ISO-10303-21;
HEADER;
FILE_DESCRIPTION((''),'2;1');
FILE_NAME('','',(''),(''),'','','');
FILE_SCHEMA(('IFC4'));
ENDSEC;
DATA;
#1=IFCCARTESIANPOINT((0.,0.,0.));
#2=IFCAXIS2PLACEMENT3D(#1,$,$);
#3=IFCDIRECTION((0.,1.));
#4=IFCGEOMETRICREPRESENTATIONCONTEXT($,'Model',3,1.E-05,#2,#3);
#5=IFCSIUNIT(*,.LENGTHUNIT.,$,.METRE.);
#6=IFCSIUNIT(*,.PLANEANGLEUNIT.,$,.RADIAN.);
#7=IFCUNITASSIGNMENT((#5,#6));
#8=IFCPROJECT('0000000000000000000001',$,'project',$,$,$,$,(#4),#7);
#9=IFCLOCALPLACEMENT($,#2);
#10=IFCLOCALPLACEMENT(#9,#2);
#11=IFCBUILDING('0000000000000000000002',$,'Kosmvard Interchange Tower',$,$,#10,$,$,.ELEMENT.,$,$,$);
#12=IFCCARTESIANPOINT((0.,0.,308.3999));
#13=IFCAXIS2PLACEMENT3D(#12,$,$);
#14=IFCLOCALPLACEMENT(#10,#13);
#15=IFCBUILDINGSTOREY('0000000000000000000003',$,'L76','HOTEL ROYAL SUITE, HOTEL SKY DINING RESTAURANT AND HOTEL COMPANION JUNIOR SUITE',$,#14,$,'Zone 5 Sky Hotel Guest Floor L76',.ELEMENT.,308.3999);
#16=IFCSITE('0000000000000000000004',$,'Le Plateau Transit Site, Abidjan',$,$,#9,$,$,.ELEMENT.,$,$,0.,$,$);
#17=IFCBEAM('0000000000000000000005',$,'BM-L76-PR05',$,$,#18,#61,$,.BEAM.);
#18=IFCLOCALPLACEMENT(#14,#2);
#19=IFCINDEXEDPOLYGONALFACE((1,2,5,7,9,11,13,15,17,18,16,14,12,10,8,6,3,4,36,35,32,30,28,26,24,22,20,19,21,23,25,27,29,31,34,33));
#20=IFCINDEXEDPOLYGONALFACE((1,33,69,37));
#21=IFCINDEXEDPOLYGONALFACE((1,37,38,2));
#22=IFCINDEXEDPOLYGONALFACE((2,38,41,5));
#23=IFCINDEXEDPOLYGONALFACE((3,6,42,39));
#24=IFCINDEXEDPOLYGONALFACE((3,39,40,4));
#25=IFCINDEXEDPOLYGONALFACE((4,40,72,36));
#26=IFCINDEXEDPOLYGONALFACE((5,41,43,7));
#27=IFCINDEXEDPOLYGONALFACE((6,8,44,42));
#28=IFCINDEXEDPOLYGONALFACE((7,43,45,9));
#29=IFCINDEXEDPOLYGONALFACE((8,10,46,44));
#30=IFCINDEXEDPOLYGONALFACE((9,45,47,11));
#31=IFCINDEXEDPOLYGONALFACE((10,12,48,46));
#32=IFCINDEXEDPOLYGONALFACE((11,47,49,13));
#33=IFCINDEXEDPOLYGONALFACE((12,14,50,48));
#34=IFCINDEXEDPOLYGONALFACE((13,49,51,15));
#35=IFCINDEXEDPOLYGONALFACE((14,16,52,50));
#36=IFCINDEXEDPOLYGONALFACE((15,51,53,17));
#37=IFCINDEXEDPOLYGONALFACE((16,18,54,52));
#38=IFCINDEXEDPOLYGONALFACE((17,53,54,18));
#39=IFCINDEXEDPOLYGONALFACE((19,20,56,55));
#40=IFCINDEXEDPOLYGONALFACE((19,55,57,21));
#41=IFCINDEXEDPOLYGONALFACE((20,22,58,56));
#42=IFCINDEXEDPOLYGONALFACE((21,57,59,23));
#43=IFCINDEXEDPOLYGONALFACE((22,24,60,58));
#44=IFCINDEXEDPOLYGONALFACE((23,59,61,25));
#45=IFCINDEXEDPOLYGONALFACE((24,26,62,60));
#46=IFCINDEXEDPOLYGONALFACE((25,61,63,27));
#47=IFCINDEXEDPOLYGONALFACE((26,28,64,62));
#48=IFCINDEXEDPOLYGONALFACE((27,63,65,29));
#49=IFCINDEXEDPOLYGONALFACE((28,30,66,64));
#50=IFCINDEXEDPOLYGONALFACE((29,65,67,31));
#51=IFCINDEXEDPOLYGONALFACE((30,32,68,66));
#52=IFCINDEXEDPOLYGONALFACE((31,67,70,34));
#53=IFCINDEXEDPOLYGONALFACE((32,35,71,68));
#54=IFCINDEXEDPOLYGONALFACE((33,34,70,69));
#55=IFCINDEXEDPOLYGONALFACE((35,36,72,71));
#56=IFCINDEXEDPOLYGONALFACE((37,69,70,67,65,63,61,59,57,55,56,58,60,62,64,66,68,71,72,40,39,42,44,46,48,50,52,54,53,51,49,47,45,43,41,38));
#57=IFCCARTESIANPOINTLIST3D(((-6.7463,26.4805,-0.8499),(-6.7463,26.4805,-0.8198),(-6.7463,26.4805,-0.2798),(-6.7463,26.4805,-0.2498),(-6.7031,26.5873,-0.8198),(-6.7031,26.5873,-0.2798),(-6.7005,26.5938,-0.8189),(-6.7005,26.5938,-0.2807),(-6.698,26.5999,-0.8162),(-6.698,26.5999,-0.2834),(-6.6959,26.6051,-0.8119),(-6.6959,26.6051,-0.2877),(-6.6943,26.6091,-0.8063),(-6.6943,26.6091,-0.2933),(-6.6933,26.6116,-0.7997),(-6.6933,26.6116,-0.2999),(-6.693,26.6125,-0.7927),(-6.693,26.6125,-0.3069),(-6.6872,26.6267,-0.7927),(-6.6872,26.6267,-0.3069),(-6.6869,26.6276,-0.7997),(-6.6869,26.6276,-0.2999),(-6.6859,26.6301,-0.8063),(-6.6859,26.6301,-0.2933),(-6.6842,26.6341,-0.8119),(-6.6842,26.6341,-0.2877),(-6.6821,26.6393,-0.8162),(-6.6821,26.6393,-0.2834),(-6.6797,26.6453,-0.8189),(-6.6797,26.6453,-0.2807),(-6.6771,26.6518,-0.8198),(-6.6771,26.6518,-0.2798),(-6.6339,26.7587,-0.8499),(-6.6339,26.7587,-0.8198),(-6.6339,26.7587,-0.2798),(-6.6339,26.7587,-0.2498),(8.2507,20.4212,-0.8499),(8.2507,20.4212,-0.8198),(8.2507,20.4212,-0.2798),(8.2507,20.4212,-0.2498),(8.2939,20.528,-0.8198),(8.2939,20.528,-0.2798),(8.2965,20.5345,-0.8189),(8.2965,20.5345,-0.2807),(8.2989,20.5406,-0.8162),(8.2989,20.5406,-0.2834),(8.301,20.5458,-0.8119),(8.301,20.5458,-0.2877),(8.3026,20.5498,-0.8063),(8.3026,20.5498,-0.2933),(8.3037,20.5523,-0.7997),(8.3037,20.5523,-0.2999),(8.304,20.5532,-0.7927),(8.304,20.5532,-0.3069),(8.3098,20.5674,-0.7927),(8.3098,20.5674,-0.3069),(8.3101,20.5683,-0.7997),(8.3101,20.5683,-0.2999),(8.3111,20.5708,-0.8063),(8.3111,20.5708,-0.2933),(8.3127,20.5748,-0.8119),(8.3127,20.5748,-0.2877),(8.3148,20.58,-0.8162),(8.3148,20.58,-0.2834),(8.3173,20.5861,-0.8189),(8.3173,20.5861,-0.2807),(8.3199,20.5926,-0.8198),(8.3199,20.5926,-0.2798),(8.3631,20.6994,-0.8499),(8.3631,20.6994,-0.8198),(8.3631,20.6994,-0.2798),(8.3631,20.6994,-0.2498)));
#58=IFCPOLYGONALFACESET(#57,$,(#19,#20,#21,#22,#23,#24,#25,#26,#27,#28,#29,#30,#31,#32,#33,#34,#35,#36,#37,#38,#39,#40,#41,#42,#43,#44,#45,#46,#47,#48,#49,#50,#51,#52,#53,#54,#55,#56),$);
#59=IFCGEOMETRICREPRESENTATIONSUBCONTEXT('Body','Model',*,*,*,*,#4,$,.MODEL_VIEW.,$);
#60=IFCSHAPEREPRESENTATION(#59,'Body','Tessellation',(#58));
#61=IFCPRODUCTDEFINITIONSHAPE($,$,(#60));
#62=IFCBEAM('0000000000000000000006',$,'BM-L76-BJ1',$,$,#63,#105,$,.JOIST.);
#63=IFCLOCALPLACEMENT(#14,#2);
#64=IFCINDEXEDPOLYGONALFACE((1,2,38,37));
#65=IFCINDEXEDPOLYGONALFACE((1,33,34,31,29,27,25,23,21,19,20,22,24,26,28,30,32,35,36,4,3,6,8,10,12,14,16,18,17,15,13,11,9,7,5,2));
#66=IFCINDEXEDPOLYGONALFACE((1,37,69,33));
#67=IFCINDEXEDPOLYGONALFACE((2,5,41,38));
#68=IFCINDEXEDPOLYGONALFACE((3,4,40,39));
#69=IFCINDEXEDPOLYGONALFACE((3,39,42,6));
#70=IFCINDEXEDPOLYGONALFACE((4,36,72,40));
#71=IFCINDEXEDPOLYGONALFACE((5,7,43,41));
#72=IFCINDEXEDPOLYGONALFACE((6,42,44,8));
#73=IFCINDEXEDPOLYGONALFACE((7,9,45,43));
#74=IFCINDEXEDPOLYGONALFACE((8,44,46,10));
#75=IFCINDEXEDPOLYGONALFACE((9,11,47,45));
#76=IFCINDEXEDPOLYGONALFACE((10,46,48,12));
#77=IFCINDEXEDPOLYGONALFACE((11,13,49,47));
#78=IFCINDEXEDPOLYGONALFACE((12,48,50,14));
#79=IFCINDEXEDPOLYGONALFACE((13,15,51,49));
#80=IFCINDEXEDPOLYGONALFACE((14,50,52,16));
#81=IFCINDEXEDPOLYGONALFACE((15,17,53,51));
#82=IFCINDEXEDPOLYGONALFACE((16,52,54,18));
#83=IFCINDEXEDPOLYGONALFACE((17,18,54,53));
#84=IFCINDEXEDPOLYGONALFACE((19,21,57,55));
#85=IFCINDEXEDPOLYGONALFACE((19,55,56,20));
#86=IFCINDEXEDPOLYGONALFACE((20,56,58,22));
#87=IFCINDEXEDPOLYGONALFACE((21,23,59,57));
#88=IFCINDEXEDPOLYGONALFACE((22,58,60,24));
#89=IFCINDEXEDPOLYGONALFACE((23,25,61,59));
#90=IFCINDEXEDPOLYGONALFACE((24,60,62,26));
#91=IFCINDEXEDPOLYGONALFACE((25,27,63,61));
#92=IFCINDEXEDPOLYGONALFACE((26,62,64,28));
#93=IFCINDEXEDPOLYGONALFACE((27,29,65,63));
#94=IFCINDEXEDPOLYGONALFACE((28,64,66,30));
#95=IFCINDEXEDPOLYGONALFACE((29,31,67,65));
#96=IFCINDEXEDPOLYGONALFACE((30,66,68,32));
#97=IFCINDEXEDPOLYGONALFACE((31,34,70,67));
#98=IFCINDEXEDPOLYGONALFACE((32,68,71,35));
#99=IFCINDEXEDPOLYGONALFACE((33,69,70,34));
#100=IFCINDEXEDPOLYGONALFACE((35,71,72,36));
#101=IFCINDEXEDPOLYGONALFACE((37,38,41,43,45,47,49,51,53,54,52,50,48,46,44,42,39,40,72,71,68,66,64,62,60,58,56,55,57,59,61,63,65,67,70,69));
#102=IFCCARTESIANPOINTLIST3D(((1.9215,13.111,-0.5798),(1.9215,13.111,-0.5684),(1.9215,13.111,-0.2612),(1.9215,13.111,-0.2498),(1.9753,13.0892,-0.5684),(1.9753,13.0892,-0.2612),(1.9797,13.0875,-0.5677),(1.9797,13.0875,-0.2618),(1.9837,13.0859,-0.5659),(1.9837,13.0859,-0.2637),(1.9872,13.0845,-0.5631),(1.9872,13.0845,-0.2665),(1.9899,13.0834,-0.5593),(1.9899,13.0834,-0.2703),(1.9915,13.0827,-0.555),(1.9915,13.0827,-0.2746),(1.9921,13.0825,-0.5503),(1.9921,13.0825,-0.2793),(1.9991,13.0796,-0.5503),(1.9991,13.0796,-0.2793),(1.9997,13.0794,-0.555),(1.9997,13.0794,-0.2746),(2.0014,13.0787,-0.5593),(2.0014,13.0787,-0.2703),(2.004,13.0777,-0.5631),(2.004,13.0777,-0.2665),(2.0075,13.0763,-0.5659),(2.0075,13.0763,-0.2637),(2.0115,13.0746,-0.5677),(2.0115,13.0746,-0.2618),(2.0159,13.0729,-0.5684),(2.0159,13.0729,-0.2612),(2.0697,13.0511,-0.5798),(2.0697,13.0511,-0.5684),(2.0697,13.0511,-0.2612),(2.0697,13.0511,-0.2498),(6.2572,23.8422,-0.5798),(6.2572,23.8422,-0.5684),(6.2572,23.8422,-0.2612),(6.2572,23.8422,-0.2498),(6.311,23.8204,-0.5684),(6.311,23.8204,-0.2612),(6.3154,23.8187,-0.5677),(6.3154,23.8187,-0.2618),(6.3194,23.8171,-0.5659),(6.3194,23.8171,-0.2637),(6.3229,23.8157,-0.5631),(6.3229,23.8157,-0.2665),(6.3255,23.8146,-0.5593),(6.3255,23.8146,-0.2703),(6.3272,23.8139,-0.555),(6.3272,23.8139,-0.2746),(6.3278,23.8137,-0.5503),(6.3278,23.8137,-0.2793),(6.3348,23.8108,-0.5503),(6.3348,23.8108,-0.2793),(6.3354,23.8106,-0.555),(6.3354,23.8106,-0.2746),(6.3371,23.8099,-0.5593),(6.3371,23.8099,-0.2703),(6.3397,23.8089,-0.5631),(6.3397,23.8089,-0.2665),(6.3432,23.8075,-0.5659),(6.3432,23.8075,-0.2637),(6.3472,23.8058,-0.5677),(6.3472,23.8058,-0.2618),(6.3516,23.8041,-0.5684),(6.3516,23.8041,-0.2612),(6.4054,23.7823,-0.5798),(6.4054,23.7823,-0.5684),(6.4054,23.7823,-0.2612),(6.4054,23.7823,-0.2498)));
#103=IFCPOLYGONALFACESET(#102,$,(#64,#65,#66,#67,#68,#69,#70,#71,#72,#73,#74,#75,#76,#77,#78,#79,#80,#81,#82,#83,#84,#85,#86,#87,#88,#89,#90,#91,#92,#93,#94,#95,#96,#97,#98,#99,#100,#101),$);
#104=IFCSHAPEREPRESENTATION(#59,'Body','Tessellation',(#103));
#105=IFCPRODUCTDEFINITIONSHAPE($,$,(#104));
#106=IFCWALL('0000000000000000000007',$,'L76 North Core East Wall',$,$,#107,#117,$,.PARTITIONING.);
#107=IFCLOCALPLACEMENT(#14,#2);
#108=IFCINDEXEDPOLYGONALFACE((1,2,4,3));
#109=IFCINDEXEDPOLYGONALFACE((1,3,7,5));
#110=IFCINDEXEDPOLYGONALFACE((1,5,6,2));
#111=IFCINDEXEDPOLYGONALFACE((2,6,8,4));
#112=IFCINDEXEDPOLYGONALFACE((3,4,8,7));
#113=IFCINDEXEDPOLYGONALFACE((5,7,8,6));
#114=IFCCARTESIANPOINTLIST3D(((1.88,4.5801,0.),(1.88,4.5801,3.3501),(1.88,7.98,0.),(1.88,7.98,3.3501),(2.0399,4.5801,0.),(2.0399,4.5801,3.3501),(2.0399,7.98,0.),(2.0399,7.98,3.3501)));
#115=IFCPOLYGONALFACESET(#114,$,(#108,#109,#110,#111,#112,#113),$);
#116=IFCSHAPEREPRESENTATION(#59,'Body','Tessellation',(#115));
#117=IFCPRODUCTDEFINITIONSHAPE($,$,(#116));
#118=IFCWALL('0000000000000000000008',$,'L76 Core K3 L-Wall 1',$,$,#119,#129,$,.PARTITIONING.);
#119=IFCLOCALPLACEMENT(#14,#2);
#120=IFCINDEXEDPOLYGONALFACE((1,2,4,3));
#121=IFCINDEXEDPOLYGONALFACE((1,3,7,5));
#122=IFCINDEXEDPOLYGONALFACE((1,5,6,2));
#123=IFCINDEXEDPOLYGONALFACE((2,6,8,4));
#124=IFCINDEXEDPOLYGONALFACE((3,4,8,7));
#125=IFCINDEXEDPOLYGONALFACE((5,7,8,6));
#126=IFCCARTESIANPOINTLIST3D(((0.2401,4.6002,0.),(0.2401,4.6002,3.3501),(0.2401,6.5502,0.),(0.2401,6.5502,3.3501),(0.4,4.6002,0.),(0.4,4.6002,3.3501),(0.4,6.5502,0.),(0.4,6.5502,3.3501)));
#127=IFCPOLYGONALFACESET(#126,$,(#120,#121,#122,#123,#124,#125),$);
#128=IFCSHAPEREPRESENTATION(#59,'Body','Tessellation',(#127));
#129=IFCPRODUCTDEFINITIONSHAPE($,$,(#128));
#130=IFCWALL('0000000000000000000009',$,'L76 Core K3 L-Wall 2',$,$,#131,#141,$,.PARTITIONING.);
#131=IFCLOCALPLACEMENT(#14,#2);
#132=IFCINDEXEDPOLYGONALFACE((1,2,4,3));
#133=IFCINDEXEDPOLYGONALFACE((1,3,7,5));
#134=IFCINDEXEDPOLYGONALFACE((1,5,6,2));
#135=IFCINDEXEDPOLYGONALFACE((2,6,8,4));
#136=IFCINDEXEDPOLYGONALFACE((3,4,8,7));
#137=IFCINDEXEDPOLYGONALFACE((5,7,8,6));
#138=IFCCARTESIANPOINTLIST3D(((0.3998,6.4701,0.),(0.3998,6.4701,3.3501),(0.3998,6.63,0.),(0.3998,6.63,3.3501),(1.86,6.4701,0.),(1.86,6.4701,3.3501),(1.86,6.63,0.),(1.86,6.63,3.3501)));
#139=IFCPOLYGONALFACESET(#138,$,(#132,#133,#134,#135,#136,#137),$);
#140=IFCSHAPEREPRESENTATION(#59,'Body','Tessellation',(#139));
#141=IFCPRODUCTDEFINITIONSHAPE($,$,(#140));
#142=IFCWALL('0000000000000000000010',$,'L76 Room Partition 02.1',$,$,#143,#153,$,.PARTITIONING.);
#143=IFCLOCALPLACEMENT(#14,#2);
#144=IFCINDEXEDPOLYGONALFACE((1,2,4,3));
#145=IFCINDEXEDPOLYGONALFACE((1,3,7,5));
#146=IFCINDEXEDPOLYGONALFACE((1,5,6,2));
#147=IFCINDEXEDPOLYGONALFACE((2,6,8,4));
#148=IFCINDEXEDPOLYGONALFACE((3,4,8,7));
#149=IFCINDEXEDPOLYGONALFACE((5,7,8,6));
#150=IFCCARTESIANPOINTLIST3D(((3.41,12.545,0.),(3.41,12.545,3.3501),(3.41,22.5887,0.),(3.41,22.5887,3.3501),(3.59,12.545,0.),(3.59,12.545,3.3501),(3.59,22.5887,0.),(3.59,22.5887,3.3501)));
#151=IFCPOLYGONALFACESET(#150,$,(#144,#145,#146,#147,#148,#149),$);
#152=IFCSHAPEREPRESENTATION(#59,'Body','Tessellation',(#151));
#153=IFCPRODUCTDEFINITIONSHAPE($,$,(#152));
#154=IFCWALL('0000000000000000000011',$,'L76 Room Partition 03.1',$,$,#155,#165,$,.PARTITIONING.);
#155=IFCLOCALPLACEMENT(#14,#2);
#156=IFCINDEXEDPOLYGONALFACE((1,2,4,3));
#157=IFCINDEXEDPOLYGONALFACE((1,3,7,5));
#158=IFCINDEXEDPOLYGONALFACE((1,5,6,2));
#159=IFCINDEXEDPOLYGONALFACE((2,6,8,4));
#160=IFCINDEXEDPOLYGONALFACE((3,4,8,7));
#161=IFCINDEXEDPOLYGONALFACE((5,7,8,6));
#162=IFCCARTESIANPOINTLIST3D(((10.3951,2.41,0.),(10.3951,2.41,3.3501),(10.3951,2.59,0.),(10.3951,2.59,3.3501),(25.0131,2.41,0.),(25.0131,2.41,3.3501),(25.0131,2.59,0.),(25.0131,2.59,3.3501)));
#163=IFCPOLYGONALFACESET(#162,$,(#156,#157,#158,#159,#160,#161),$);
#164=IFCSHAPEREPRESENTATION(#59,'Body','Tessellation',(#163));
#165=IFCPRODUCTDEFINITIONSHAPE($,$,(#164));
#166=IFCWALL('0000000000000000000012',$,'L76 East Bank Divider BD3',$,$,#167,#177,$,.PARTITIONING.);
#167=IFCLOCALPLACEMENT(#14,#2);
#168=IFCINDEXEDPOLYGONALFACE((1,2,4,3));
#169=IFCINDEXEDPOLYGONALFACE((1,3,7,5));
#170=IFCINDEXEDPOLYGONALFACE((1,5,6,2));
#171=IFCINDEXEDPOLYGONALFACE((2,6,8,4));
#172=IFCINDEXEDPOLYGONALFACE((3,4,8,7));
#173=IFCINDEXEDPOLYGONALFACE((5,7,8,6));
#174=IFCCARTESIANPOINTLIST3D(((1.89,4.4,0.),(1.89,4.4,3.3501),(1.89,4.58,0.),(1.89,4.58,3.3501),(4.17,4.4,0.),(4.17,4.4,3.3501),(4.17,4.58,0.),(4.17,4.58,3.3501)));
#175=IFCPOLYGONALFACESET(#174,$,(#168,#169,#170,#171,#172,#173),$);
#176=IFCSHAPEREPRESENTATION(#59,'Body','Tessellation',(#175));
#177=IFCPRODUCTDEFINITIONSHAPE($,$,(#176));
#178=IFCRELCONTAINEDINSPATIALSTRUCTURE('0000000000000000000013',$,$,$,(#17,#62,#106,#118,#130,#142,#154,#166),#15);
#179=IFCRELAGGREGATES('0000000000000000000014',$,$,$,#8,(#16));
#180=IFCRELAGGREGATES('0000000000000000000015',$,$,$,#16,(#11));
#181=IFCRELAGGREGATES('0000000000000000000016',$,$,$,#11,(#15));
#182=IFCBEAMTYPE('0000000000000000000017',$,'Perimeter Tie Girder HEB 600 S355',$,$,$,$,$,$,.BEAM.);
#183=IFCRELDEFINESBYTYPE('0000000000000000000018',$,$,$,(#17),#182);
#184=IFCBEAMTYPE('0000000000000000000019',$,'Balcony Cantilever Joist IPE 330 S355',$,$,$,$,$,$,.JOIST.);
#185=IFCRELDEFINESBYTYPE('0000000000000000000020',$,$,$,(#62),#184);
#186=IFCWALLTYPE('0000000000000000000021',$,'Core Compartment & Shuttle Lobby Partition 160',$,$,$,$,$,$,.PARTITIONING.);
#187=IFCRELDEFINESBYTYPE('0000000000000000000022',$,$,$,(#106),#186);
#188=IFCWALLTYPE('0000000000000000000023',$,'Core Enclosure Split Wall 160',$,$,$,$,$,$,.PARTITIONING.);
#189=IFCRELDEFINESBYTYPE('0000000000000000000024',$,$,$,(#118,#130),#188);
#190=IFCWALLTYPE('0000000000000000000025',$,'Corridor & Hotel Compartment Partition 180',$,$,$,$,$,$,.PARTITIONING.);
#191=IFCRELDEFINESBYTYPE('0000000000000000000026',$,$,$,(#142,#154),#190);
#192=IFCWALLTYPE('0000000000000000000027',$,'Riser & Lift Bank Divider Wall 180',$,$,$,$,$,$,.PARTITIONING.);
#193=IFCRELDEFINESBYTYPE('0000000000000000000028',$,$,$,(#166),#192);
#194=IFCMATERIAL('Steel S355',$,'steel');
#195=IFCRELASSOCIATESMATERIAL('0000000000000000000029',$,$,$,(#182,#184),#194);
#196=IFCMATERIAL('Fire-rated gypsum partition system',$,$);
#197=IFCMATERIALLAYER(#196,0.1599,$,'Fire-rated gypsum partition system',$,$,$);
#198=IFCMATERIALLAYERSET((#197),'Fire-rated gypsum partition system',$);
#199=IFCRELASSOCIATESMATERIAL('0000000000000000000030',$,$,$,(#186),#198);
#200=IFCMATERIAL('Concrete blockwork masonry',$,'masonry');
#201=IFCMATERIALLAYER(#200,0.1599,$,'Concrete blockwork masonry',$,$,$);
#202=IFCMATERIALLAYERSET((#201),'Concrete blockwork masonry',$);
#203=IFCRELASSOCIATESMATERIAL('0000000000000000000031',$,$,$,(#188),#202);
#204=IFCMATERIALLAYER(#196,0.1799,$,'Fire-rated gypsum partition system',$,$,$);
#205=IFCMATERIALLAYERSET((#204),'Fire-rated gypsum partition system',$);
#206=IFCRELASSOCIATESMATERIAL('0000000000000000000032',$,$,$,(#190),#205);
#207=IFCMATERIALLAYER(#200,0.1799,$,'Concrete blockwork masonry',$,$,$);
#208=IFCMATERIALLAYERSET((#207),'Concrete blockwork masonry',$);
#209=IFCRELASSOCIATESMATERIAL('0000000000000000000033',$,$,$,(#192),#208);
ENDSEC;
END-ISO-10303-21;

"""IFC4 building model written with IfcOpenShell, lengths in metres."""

from ifc_helpers import new_model, si_unit, direction, frame, frame_2d, origin, origin_2d, place, context, subcontext, project, spatial, rectangle, i_section, extrude, source, transform, mapped, material, layer, layer_set, material_profile, profile_set, type_object, element, save


model = new_model("IFC4")

# Units and contexts
model_context = context("Model", 3, precision=1e-05, world=origin(), true_north=direction((0.0, 1.0)))
body_context = subcontext(model_context, "Body", "Model", "MODEL_VIEW")
ifc_project = project(units=[si_unit("LENGTHUNIT", "METRE"), si_unit("PLANEANGLEUNIT", "RADIAN")], contexts=[model_context])

# Site, building, storey
site_placement = place(None, origin())
site = spatial("IfcSite", under=ifc_project, at=site_placement, Name="Le Plateau Transit Site, Abidjan", CompositionType="ELEMENT", RefElevation=0.0)
building_placement = place(site_placement, origin())
building = spatial("IfcBuilding", under=site, at=building_placement, Name="Kosmvard Interchange Tower", CompositionType="ELEMENT")
storey_placement = place(building_placement, frame((0.0, 0.0, 308.3999)))
storey = spatial("IfcBuildingStorey", under=building, at=storey_placement, Name="L76", Description="HOTEL ROYAL SUITE, HOTEL SKY DINING RESTAURANT AND HOTEL COMPANION JUNIOR SUITE", LongName="Zone 5 Sky Hotel Guest Floor L76", CompositionType="ELEMENT", Elevation=308.3999)

# Beams
ifc_material_1 = material(Name="Steel S355", Category="steel")
ifc_material_profile_1 = material_profile(ifc_material_1, i_section(OverallWidth=0.3, OverallDepth=0.6001, WebThickness=0.0154, FlangeThickness=0.03, FilletRadius=0.0271, at=origin_2d()), Name="HEB 600")
ifc_profile_set_1 = profile_set([ifc_material_profile_1], Name="Steel S355")
beam_type_1 = type_object("IfcBeamType", Name="Perimeter Tie Girder HEB 600 S355", PredefinedType="BEAM", material=ifc_profile_set_1)
shared_shape_1 = source(origin(), body_context, "Body", "SweptSolid", [
    extrude(i_section(OverallWidth=0.3, OverallDepth=0.6001, WebThickness=0.0154, FlangeThickness=0.03, FilletRadius=0.0271, at=origin_2d()), origin(), (0.0, 0.0, 1.0), 16.1748),
])
beam_1_placement = place(storey_placement, frame((8.3069, 20.5603, -0.5498), z_axis=(-0.927181, 0.374613, 0.0), x_axis=(-0.374613, -0.927181, 0.0)))
element("IfcBeam", 1, at=beam_1_placement, inside=storey, type_object=beam_type_1, Name="BM-L76-PR05", PredefinedType="BEAM", context=body_context, shape_type="MappedRepresentation", body=[
    mapped(shared_shape_1, transform((0.0, 0.0, 0.0), scale=1.0)),
])
ifc_material_profile_2 = material_profile(ifc_material_1, i_section(OverallWidth=0.1599, OverallDepth=0.3301, WebThickness=0.0076, FlangeThickness=0.0115, FilletRadius=0.0181, at=origin_2d()), Name="IPE 330")
ifc_profile_set_2 = profile_set([ifc_material_profile_2], Name="Steel S355")
beam_type_2 = type_object("IfcBeamType", Name="Balcony Cantilever Joist IPE 330 S355", PredefinedType="JOIST", material=ifc_profile_set_2)
shared_shape_2 = source(origin(), body_context, "Body", "SweptSolid", [
    extrude(i_section(OverallWidth=0.1599, OverallDepth=0.3301, WebThickness=0.0076, FlangeThickness=0.0115, FilletRadius=0.0181, at=origin_2d()), origin(), (0.0, 0.0, 1.0), 11.574),
])
beam_2_placement = place(storey_placement, frame((1.9956, 13.0811, -0.4148), z_axis=(0.374607, 0.927184, 0.0), x_axis=(-0.927184, 0.374607, 0.0)))
element("IfcBeam", 2, at=beam_2_placement, inside=storey, type_object=beam_type_2, Name="BM-L76-BJ1", PredefinedType="JOIST", context=body_context, shape_type="MappedRepresentation", body=[
    mapped(shared_shape_2, transform((0.0, 0.0, 0.0), scale=1.0)),
])

# Walls
ifc_material_2 = material(Name="Fire-rated gypsum partition system")
ifc_layer_1 = layer(ifc_material_2, 0.1599, Name="Fire-rated gypsum partition system")
ifc_layer_set_1 = layer_set([ifc_layer_1], Name="Fire-rated gypsum partition system")
wall_type_1 = type_object("IfcWallType", Name="Core Compartment & Shuttle Lobby Partition 160", PredefinedType="PARTITIONING", material=ifc_layer_set_1)
wall_1_placement = place(storey_placement, frame((1.96, 4.5801, 0.0), z_axis=(0.0, 0.0, 1.0), x_axis=(0.0, 1.0, 0.0)))
element("IfcWall", 3, at=wall_1_placement, inside=storey, type_object=wall_type_1, Name="L76 North Core East Wall", PredefinedType="PARTITIONING", context=body_context, shape_type="SweptSolid", body=[
    extrude(rectangle(XDim=3.3999, YDim=0.1599, at=frame_2d((1.7, 0.0))), origin(), (0.0, 0.0, 1.0), 3.3501),
])
ifc_material_3 = material(Name="Concrete blockwork masonry", Category="masonry")
ifc_layer_2 = layer(ifc_material_3, 0.1599, Name="Concrete blockwork masonry")
ifc_layer_set_2 = layer_set([ifc_layer_2], Name="Concrete blockwork masonry")
wall_type_2 = type_object("IfcWallType", Name="Core Enclosure Split Wall 160", PredefinedType="PARTITIONING", material=ifc_layer_set_2)
wall_2_placement = place(storey_placement, frame((0.3201, 4.6001, 0.0), z_axis=(0.0, 0.0, 1.0), x_axis=(0.0, 1.0, 0.0)))
element("IfcWall", 4, at=wall_2_placement, inside=storey, type_object=wall_type_2, Name="L76 Core K3 L-Wall 1", PredefinedType="PARTITIONING", context=body_context, shape_type="SweptSolid", body=[
    extrude(rectangle(XDim=1.95, YDim=0.1599, at=frame_2d((0.9751, 0.0))), origin(), (0.0, 0.0, 1.0), 3.3501),
])
wall_3_placement = place(storey_placement, frame((0.3999, 6.55, 0.0), z_axis=(0.0, 0.0, 1.0), x_axis=(1.0, 0.0, 0.0)))
element("IfcWall", 5, at=wall_3_placement, inside=storey, type_object=wall_type_2, Name="L76 Core K3 L-Wall 2", PredefinedType="PARTITIONING", context=body_context, shape_type="SweptSolid", body=[
    extrude(rectangle(XDim=1.4602, YDim=0.1599, at=frame_2d((0.73, 0.0))), origin(), (0.0, 0.0, 1.0), 3.3501),
])
ifc_layer_3 = layer(ifc_material_2, 0.1799, Name="Fire-rated gypsum partition system")
ifc_layer_set_3 = layer_set([ifc_layer_3], Name="Fire-rated gypsum partition system")
wall_type_3 = type_object("IfcWallType", Name="Corridor & Hotel Compartment Partition 180", PredefinedType="PARTITIONING", material=ifc_layer_set_3)
wall_4_placement = place(storey_placement, frame((3.5, 12.5449, 0.0), z_axis=(0.0, 0.0, 1.0), x_axis=(0.0, 1.0, 0.0)))
element("IfcWall", 6, at=wall_4_placement, inside=storey, type_object=wall_type_3, Name="L76 Room Partition 02.1", PredefinedType="PARTITIONING", context=body_context, shape_type="SweptSolid", body=[
    extrude(rectangle(XDim=10.0437, YDim=0.1799, at=frame_2d((5.022, 0.0))), origin(), (0.0, 0.0, 1.0), 3.3501),
])
wall_5_placement = place(storey_placement, frame((10.395, 2.5, 0.0), z_axis=(0.0, 0.0, 1.0), x_axis=(1.0, 0.0, 0.0)))
element("IfcWall", 7, at=wall_5_placement, inside=storey, type_object=wall_type_3, Name="L76 Room Partition 03.1", PredefinedType="PARTITIONING", context=body_context, shape_type="SweptSolid", body=[
    extrude(rectangle(XDim=14.6179, YDim=0.1799, at=frame_2d((7.3091, 0.0))), origin(), (0.0, 0.0, 1.0), 3.3501),
])
ifc_layer_4 = layer(ifc_material_3, 0.1799, Name="Concrete blockwork masonry")
ifc_layer_set_4 = layer_set([ifc_layer_4], Name="Concrete blockwork masonry")
wall_type_4 = type_object("IfcWallType", Name="Riser & Lift Bank Divider Wall 180", PredefinedType="PARTITIONING", material=ifc_layer_set_4)
wall_6_placement = place(storey_placement, frame((1.8899, 4.49, 0.0), z_axis=(0.0, 0.0, 1.0), x_axis=(1.0, 0.0, 0.0)))
element("IfcWall", 8, at=wall_6_placement, inside=storey, type_object=wall_type_4, Name="L76 East Bank Divider BD3", PredefinedType="PARTITIONING", context=body_context, shape_type="SweptSolid", body=[
    extrude(rectangle(XDim=2.28, YDim=0.1799, at=frame_2d((1.1401, 0.0))), origin(), (0.0, 0.0, 1.0), 3.3501),
])

save(model, "model.ifc")
